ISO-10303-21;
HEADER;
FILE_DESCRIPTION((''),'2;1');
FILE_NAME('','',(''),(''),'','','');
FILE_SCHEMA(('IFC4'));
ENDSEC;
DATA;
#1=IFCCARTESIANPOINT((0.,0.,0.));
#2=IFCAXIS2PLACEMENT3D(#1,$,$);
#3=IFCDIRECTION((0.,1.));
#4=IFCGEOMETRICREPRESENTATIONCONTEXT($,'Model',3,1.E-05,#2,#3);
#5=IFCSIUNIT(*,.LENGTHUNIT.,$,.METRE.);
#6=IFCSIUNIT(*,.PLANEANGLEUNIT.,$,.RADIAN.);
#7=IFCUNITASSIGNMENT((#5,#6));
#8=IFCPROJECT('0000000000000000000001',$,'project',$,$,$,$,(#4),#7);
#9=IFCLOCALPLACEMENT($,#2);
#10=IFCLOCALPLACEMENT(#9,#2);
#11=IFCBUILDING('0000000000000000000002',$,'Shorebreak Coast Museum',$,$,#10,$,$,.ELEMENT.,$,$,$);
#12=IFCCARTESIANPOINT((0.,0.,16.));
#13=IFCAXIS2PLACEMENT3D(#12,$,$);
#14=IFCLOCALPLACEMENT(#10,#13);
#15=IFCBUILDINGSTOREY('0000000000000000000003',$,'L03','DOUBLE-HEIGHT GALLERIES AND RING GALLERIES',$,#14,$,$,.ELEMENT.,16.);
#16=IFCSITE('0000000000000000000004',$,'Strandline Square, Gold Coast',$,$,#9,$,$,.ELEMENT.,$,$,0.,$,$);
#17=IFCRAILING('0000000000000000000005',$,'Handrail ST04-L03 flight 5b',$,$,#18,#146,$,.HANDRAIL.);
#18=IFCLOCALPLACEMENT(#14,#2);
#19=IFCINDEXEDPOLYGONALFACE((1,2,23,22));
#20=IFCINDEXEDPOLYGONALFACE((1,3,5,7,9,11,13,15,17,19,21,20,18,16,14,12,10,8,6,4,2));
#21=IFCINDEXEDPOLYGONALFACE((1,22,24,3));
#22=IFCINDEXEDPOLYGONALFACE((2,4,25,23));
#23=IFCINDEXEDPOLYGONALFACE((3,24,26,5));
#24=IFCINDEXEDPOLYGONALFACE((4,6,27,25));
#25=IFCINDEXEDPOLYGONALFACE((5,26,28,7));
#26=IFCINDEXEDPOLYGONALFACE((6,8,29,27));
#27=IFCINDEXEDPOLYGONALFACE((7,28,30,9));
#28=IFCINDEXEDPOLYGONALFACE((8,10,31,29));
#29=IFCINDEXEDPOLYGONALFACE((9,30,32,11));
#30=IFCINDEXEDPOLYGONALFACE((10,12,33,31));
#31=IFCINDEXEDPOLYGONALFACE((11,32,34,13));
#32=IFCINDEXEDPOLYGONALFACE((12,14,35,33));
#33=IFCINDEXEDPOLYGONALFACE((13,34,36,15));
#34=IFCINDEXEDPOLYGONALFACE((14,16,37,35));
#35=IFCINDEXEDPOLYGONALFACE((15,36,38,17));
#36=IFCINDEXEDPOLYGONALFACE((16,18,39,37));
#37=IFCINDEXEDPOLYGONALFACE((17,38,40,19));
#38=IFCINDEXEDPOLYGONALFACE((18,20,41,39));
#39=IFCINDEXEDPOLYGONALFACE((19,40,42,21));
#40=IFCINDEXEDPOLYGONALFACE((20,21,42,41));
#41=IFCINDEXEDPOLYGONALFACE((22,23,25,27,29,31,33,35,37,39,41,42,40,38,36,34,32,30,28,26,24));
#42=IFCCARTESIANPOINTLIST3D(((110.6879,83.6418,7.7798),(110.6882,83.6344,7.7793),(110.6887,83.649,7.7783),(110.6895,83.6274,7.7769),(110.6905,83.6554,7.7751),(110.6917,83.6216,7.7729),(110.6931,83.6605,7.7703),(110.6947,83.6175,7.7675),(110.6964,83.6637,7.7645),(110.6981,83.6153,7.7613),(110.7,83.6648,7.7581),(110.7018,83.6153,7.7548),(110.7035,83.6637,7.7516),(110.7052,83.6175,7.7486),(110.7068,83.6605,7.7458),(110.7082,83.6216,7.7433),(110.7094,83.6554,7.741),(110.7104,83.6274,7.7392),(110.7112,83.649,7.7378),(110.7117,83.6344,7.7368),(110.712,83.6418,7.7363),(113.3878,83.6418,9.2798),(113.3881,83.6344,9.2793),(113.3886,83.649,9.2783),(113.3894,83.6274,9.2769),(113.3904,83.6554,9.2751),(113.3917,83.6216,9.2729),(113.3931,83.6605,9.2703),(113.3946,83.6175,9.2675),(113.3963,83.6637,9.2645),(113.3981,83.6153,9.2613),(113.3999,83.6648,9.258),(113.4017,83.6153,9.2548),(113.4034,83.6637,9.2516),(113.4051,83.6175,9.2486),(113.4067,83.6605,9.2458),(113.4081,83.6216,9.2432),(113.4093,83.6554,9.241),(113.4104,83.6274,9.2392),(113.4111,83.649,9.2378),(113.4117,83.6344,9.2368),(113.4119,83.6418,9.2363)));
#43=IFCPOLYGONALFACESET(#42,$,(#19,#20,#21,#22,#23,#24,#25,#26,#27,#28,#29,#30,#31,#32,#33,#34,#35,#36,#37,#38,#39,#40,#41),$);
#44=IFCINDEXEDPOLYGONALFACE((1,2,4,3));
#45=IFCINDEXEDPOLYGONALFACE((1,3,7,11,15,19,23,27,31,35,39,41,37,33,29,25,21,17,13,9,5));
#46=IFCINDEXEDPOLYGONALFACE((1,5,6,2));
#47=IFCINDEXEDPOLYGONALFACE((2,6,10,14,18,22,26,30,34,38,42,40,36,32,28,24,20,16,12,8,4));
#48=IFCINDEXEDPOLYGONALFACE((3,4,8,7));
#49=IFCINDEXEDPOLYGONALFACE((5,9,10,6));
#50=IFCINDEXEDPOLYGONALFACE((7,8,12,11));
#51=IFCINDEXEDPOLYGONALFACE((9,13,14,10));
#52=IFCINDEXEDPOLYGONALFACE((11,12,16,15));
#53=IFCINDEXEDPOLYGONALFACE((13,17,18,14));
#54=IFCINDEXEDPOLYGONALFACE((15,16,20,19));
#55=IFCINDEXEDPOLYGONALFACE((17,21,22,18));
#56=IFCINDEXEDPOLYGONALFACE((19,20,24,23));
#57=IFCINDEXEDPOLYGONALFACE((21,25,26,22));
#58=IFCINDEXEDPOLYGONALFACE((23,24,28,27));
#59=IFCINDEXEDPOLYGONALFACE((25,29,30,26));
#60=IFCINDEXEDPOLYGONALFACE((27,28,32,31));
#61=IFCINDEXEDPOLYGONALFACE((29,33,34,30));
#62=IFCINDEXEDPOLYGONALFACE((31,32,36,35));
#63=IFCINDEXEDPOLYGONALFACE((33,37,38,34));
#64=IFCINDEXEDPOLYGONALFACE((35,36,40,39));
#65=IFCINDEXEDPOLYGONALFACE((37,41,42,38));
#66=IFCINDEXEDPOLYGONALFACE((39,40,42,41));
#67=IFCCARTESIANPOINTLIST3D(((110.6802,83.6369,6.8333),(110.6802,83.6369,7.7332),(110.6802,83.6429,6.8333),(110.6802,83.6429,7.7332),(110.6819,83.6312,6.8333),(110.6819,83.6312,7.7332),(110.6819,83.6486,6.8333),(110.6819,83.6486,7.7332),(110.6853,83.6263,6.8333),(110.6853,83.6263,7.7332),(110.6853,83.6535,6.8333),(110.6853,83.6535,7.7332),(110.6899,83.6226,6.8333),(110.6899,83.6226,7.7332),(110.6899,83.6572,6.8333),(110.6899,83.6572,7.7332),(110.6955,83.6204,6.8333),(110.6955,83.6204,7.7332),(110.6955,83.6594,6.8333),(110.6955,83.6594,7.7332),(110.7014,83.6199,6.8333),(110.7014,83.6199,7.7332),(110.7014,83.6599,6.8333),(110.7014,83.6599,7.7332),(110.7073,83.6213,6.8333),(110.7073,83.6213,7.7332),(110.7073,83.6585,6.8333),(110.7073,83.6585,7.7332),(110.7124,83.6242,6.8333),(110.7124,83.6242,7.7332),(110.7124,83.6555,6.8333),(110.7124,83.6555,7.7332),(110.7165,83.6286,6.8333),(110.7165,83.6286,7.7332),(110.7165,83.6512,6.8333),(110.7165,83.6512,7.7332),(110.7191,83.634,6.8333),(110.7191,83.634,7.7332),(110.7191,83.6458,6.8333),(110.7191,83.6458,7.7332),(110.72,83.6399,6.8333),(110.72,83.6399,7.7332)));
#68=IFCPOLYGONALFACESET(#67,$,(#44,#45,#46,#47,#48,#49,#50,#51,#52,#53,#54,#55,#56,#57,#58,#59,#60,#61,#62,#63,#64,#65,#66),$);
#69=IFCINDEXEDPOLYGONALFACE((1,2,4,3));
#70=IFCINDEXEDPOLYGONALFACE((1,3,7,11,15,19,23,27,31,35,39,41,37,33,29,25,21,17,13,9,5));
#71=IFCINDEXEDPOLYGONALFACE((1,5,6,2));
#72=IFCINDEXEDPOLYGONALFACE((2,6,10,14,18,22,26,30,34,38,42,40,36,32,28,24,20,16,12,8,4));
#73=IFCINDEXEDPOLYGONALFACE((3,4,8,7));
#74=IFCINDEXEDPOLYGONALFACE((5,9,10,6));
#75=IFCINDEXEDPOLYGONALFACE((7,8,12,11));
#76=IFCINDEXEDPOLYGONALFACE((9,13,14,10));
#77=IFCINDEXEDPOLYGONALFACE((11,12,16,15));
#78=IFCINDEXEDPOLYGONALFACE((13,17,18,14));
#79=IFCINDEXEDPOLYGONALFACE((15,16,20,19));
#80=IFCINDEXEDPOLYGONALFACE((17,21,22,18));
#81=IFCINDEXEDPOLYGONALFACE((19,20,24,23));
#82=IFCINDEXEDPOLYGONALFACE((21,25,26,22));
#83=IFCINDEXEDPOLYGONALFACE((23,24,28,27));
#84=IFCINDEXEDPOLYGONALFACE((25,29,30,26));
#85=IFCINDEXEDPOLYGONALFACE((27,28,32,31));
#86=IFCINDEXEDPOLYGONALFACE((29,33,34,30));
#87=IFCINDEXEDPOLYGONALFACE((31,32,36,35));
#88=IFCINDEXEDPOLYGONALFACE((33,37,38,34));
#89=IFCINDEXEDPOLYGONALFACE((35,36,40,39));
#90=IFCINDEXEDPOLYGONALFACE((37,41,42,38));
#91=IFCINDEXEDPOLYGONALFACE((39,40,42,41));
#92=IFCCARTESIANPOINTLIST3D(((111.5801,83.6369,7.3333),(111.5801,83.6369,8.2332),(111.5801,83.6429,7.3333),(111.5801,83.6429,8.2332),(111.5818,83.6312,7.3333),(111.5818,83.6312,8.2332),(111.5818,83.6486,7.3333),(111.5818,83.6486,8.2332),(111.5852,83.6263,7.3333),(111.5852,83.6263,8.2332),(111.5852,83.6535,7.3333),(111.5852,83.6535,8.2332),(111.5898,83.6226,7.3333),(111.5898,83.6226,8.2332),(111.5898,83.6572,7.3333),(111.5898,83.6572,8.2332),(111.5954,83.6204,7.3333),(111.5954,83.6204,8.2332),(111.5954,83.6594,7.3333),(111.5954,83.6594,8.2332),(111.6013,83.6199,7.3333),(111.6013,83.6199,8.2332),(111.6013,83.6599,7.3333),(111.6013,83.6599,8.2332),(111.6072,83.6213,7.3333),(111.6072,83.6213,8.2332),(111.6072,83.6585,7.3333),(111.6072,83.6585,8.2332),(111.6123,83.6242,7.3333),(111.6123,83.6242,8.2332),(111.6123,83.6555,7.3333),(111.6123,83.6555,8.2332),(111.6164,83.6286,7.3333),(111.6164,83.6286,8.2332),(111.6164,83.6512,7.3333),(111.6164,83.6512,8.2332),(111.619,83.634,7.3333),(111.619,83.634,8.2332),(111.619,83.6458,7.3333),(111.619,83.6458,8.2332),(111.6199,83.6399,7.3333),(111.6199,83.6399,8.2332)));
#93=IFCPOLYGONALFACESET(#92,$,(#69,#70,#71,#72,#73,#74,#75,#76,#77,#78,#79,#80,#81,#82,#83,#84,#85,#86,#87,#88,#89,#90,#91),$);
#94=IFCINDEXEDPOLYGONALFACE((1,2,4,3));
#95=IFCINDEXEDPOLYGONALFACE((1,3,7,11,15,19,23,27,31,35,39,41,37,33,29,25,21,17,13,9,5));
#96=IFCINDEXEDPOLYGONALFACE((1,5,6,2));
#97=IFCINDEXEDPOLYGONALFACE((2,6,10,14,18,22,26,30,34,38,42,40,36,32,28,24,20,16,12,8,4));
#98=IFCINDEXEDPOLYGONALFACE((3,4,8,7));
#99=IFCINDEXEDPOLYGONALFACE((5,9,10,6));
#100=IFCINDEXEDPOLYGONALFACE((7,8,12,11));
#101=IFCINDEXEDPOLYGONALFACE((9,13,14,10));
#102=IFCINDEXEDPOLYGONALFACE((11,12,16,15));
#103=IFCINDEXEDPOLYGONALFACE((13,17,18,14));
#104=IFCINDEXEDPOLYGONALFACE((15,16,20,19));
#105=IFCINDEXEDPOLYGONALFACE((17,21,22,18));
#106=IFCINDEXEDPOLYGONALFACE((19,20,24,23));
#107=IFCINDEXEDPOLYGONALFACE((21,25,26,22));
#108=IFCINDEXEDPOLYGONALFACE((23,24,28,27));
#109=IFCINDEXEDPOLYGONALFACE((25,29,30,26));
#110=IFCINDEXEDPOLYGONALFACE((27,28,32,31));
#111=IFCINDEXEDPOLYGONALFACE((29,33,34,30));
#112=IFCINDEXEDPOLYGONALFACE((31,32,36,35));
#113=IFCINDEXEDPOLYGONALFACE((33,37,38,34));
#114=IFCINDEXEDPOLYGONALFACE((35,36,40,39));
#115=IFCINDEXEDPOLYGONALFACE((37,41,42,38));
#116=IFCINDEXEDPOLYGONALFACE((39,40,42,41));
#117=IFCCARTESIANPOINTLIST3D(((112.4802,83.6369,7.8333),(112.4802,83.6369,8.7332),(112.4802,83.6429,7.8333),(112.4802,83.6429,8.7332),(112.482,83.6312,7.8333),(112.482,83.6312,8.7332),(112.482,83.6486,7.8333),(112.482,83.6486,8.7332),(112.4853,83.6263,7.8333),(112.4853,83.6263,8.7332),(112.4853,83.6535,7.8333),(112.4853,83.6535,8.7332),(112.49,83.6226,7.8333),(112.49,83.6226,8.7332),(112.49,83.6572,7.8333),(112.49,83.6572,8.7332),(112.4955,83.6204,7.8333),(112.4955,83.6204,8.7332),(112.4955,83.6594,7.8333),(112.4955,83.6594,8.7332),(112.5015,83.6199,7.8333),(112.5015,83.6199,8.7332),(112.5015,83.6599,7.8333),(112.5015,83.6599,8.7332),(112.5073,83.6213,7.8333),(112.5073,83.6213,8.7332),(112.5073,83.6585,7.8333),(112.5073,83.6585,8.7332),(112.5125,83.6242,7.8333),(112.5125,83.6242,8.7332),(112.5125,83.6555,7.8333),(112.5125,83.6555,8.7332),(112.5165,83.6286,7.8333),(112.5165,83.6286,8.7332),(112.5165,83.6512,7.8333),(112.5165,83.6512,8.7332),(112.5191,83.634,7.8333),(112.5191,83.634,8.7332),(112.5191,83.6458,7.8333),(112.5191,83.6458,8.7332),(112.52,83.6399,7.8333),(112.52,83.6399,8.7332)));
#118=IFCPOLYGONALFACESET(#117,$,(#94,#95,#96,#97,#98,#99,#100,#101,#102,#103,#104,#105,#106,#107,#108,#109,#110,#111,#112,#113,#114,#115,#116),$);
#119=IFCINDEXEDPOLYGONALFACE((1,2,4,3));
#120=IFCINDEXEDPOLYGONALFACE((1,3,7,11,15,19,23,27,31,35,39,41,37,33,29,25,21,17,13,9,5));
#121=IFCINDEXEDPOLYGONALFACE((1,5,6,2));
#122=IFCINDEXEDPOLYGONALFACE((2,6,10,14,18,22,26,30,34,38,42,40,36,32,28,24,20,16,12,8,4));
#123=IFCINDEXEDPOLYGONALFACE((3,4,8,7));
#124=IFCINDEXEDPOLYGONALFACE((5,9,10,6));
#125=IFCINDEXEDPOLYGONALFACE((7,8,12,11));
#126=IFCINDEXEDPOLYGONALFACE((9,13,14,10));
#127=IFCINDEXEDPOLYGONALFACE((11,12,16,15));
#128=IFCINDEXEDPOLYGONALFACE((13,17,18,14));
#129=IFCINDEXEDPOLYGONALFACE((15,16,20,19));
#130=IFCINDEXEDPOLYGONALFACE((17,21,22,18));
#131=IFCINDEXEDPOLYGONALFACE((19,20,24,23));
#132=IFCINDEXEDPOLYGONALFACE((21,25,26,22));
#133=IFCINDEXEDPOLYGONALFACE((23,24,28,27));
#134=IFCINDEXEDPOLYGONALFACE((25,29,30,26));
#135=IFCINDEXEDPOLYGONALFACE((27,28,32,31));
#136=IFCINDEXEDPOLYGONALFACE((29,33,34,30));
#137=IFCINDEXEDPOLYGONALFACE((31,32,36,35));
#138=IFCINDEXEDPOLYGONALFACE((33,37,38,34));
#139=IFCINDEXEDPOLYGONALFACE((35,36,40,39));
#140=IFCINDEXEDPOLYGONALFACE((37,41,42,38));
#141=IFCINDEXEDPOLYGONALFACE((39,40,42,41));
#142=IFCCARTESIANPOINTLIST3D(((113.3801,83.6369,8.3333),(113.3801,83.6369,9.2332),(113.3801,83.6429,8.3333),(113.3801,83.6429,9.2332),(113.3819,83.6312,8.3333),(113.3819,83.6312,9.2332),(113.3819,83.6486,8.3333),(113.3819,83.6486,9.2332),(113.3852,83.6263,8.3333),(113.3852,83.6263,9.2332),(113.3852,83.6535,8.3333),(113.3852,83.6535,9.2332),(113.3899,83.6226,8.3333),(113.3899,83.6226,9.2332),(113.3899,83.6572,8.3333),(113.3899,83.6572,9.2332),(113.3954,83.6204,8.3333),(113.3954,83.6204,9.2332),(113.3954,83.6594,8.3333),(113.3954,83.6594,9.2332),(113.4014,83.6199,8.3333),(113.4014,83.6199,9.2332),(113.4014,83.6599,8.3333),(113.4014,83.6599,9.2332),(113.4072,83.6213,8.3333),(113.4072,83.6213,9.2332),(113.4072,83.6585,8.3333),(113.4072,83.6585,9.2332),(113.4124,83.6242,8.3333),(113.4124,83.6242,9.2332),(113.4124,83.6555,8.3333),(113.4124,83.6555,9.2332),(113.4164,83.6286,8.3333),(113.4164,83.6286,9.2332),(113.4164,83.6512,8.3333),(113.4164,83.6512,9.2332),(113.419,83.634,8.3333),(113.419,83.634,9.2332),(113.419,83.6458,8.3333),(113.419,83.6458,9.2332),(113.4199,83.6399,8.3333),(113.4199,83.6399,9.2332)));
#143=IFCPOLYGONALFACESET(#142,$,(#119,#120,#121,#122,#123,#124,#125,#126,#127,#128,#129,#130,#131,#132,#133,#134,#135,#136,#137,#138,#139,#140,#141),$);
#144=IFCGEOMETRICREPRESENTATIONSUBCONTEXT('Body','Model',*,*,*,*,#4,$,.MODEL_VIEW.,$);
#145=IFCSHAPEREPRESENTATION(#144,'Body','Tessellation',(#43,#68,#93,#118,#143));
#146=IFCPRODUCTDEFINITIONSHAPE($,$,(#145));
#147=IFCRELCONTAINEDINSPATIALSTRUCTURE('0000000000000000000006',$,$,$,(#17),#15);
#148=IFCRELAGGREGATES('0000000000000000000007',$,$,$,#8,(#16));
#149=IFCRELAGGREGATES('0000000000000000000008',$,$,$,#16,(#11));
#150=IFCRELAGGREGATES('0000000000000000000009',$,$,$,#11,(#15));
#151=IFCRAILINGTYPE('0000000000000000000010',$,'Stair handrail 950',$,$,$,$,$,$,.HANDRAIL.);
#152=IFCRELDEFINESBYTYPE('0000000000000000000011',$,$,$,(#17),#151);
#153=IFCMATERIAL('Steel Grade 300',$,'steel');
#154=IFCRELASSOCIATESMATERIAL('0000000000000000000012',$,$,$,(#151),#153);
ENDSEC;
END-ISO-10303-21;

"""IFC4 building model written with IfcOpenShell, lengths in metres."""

from ifc_helpers import new_model, si_unit, direction, frame, origin, origin_2d, place, context, subcontext, project, spatial, circle, extrude, material, type_object, element, save


model = new_model("IFC4")

# Units and contexts
model_context = context("Model", 3, precision=1e-05, world=origin(), true_north=direction((0.0, 1.0)))
body_context = subcontext(model_context, "Body", "Model", "MODEL_VIEW")
ifc_project = project(units=[si_unit("LENGTHUNIT", "METRE"), si_unit("PLANEANGLEUNIT", "RADIAN")], contexts=[model_context])

# Site, building, storey
site_placement = place(None, origin())
site = spatial("IfcSite", under=ifc_project, at=site_placement, Name="Strandline Square, Gold Coast", CompositionType="ELEMENT", RefElevation=0.0)
building_placement = place(site_placement, origin())
building = spatial("IfcBuilding", under=site, at=building_placement, Name="Shorebreak Coast Museum", CompositionType="ELEMENT")
storey_placement = place(building_placement, frame((0.0, 0.0, 16.0)))
storey = spatial("IfcBuildingStorey", under=building, at=storey_placement, Name="L03", Description="DOUBLE-HEIGHT GALLERIES AND RING GALLERIES", CompositionType="ELEMENT", Elevation=16.0)

# Railing
ifc_material_1 = material(Name="Steel Grade 300", Category="steel")
railing_type_1 = type_object("IfcRailingType", Name="Stair handrail 950", PredefinedType="HANDRAIL", material=ifc_material_1)
for number, where, name in (
    (1, (110.7, 83.6399, 6.8333), "Handrail ST04-L03 flight 5b"),
):
    element("IfcRailing", number, at=place(storey_placement, frame(where)), inside=storey, type_object=railing_type_1, Name=name, PredefinedType="HANDRAIL", context=body_context, shape_type="SweptSolid", body=[
        extrude(circle(Radius=0.0249, at=origin_2d()), frame((0.0, 0.0, 0.9248), z_axis=(0.874154, 0.0, 0.48565), x_axis=(0.0, 1.0, 0.0)), (0.0, 0.0, 1.0), 3.0886),
        extrude(circle(Radius=0.02, at=origin_2d()), origin(), (0.0, 0.0, 1.0), 0.8999),
        extrude(circle(Radius=0.02, at=origin_2d()), frame((0.8999, 0.0, 0.5)), (0.0, 0.0, 1.0), 0.8999),
        extrude(circle(Radius=0.02, at=origin_2d()), frame((1.8, 0.0, 1.0)), (0.0, 0.0, 1.0), 0.8999),
        extrude(circle(Radius=0.02, at=origin_2d()), frame((2.7, 0.0, 1.5)), (0.0, 0.0, 1.0), 0.8999),
    ])

save(model, "model.ifc")
